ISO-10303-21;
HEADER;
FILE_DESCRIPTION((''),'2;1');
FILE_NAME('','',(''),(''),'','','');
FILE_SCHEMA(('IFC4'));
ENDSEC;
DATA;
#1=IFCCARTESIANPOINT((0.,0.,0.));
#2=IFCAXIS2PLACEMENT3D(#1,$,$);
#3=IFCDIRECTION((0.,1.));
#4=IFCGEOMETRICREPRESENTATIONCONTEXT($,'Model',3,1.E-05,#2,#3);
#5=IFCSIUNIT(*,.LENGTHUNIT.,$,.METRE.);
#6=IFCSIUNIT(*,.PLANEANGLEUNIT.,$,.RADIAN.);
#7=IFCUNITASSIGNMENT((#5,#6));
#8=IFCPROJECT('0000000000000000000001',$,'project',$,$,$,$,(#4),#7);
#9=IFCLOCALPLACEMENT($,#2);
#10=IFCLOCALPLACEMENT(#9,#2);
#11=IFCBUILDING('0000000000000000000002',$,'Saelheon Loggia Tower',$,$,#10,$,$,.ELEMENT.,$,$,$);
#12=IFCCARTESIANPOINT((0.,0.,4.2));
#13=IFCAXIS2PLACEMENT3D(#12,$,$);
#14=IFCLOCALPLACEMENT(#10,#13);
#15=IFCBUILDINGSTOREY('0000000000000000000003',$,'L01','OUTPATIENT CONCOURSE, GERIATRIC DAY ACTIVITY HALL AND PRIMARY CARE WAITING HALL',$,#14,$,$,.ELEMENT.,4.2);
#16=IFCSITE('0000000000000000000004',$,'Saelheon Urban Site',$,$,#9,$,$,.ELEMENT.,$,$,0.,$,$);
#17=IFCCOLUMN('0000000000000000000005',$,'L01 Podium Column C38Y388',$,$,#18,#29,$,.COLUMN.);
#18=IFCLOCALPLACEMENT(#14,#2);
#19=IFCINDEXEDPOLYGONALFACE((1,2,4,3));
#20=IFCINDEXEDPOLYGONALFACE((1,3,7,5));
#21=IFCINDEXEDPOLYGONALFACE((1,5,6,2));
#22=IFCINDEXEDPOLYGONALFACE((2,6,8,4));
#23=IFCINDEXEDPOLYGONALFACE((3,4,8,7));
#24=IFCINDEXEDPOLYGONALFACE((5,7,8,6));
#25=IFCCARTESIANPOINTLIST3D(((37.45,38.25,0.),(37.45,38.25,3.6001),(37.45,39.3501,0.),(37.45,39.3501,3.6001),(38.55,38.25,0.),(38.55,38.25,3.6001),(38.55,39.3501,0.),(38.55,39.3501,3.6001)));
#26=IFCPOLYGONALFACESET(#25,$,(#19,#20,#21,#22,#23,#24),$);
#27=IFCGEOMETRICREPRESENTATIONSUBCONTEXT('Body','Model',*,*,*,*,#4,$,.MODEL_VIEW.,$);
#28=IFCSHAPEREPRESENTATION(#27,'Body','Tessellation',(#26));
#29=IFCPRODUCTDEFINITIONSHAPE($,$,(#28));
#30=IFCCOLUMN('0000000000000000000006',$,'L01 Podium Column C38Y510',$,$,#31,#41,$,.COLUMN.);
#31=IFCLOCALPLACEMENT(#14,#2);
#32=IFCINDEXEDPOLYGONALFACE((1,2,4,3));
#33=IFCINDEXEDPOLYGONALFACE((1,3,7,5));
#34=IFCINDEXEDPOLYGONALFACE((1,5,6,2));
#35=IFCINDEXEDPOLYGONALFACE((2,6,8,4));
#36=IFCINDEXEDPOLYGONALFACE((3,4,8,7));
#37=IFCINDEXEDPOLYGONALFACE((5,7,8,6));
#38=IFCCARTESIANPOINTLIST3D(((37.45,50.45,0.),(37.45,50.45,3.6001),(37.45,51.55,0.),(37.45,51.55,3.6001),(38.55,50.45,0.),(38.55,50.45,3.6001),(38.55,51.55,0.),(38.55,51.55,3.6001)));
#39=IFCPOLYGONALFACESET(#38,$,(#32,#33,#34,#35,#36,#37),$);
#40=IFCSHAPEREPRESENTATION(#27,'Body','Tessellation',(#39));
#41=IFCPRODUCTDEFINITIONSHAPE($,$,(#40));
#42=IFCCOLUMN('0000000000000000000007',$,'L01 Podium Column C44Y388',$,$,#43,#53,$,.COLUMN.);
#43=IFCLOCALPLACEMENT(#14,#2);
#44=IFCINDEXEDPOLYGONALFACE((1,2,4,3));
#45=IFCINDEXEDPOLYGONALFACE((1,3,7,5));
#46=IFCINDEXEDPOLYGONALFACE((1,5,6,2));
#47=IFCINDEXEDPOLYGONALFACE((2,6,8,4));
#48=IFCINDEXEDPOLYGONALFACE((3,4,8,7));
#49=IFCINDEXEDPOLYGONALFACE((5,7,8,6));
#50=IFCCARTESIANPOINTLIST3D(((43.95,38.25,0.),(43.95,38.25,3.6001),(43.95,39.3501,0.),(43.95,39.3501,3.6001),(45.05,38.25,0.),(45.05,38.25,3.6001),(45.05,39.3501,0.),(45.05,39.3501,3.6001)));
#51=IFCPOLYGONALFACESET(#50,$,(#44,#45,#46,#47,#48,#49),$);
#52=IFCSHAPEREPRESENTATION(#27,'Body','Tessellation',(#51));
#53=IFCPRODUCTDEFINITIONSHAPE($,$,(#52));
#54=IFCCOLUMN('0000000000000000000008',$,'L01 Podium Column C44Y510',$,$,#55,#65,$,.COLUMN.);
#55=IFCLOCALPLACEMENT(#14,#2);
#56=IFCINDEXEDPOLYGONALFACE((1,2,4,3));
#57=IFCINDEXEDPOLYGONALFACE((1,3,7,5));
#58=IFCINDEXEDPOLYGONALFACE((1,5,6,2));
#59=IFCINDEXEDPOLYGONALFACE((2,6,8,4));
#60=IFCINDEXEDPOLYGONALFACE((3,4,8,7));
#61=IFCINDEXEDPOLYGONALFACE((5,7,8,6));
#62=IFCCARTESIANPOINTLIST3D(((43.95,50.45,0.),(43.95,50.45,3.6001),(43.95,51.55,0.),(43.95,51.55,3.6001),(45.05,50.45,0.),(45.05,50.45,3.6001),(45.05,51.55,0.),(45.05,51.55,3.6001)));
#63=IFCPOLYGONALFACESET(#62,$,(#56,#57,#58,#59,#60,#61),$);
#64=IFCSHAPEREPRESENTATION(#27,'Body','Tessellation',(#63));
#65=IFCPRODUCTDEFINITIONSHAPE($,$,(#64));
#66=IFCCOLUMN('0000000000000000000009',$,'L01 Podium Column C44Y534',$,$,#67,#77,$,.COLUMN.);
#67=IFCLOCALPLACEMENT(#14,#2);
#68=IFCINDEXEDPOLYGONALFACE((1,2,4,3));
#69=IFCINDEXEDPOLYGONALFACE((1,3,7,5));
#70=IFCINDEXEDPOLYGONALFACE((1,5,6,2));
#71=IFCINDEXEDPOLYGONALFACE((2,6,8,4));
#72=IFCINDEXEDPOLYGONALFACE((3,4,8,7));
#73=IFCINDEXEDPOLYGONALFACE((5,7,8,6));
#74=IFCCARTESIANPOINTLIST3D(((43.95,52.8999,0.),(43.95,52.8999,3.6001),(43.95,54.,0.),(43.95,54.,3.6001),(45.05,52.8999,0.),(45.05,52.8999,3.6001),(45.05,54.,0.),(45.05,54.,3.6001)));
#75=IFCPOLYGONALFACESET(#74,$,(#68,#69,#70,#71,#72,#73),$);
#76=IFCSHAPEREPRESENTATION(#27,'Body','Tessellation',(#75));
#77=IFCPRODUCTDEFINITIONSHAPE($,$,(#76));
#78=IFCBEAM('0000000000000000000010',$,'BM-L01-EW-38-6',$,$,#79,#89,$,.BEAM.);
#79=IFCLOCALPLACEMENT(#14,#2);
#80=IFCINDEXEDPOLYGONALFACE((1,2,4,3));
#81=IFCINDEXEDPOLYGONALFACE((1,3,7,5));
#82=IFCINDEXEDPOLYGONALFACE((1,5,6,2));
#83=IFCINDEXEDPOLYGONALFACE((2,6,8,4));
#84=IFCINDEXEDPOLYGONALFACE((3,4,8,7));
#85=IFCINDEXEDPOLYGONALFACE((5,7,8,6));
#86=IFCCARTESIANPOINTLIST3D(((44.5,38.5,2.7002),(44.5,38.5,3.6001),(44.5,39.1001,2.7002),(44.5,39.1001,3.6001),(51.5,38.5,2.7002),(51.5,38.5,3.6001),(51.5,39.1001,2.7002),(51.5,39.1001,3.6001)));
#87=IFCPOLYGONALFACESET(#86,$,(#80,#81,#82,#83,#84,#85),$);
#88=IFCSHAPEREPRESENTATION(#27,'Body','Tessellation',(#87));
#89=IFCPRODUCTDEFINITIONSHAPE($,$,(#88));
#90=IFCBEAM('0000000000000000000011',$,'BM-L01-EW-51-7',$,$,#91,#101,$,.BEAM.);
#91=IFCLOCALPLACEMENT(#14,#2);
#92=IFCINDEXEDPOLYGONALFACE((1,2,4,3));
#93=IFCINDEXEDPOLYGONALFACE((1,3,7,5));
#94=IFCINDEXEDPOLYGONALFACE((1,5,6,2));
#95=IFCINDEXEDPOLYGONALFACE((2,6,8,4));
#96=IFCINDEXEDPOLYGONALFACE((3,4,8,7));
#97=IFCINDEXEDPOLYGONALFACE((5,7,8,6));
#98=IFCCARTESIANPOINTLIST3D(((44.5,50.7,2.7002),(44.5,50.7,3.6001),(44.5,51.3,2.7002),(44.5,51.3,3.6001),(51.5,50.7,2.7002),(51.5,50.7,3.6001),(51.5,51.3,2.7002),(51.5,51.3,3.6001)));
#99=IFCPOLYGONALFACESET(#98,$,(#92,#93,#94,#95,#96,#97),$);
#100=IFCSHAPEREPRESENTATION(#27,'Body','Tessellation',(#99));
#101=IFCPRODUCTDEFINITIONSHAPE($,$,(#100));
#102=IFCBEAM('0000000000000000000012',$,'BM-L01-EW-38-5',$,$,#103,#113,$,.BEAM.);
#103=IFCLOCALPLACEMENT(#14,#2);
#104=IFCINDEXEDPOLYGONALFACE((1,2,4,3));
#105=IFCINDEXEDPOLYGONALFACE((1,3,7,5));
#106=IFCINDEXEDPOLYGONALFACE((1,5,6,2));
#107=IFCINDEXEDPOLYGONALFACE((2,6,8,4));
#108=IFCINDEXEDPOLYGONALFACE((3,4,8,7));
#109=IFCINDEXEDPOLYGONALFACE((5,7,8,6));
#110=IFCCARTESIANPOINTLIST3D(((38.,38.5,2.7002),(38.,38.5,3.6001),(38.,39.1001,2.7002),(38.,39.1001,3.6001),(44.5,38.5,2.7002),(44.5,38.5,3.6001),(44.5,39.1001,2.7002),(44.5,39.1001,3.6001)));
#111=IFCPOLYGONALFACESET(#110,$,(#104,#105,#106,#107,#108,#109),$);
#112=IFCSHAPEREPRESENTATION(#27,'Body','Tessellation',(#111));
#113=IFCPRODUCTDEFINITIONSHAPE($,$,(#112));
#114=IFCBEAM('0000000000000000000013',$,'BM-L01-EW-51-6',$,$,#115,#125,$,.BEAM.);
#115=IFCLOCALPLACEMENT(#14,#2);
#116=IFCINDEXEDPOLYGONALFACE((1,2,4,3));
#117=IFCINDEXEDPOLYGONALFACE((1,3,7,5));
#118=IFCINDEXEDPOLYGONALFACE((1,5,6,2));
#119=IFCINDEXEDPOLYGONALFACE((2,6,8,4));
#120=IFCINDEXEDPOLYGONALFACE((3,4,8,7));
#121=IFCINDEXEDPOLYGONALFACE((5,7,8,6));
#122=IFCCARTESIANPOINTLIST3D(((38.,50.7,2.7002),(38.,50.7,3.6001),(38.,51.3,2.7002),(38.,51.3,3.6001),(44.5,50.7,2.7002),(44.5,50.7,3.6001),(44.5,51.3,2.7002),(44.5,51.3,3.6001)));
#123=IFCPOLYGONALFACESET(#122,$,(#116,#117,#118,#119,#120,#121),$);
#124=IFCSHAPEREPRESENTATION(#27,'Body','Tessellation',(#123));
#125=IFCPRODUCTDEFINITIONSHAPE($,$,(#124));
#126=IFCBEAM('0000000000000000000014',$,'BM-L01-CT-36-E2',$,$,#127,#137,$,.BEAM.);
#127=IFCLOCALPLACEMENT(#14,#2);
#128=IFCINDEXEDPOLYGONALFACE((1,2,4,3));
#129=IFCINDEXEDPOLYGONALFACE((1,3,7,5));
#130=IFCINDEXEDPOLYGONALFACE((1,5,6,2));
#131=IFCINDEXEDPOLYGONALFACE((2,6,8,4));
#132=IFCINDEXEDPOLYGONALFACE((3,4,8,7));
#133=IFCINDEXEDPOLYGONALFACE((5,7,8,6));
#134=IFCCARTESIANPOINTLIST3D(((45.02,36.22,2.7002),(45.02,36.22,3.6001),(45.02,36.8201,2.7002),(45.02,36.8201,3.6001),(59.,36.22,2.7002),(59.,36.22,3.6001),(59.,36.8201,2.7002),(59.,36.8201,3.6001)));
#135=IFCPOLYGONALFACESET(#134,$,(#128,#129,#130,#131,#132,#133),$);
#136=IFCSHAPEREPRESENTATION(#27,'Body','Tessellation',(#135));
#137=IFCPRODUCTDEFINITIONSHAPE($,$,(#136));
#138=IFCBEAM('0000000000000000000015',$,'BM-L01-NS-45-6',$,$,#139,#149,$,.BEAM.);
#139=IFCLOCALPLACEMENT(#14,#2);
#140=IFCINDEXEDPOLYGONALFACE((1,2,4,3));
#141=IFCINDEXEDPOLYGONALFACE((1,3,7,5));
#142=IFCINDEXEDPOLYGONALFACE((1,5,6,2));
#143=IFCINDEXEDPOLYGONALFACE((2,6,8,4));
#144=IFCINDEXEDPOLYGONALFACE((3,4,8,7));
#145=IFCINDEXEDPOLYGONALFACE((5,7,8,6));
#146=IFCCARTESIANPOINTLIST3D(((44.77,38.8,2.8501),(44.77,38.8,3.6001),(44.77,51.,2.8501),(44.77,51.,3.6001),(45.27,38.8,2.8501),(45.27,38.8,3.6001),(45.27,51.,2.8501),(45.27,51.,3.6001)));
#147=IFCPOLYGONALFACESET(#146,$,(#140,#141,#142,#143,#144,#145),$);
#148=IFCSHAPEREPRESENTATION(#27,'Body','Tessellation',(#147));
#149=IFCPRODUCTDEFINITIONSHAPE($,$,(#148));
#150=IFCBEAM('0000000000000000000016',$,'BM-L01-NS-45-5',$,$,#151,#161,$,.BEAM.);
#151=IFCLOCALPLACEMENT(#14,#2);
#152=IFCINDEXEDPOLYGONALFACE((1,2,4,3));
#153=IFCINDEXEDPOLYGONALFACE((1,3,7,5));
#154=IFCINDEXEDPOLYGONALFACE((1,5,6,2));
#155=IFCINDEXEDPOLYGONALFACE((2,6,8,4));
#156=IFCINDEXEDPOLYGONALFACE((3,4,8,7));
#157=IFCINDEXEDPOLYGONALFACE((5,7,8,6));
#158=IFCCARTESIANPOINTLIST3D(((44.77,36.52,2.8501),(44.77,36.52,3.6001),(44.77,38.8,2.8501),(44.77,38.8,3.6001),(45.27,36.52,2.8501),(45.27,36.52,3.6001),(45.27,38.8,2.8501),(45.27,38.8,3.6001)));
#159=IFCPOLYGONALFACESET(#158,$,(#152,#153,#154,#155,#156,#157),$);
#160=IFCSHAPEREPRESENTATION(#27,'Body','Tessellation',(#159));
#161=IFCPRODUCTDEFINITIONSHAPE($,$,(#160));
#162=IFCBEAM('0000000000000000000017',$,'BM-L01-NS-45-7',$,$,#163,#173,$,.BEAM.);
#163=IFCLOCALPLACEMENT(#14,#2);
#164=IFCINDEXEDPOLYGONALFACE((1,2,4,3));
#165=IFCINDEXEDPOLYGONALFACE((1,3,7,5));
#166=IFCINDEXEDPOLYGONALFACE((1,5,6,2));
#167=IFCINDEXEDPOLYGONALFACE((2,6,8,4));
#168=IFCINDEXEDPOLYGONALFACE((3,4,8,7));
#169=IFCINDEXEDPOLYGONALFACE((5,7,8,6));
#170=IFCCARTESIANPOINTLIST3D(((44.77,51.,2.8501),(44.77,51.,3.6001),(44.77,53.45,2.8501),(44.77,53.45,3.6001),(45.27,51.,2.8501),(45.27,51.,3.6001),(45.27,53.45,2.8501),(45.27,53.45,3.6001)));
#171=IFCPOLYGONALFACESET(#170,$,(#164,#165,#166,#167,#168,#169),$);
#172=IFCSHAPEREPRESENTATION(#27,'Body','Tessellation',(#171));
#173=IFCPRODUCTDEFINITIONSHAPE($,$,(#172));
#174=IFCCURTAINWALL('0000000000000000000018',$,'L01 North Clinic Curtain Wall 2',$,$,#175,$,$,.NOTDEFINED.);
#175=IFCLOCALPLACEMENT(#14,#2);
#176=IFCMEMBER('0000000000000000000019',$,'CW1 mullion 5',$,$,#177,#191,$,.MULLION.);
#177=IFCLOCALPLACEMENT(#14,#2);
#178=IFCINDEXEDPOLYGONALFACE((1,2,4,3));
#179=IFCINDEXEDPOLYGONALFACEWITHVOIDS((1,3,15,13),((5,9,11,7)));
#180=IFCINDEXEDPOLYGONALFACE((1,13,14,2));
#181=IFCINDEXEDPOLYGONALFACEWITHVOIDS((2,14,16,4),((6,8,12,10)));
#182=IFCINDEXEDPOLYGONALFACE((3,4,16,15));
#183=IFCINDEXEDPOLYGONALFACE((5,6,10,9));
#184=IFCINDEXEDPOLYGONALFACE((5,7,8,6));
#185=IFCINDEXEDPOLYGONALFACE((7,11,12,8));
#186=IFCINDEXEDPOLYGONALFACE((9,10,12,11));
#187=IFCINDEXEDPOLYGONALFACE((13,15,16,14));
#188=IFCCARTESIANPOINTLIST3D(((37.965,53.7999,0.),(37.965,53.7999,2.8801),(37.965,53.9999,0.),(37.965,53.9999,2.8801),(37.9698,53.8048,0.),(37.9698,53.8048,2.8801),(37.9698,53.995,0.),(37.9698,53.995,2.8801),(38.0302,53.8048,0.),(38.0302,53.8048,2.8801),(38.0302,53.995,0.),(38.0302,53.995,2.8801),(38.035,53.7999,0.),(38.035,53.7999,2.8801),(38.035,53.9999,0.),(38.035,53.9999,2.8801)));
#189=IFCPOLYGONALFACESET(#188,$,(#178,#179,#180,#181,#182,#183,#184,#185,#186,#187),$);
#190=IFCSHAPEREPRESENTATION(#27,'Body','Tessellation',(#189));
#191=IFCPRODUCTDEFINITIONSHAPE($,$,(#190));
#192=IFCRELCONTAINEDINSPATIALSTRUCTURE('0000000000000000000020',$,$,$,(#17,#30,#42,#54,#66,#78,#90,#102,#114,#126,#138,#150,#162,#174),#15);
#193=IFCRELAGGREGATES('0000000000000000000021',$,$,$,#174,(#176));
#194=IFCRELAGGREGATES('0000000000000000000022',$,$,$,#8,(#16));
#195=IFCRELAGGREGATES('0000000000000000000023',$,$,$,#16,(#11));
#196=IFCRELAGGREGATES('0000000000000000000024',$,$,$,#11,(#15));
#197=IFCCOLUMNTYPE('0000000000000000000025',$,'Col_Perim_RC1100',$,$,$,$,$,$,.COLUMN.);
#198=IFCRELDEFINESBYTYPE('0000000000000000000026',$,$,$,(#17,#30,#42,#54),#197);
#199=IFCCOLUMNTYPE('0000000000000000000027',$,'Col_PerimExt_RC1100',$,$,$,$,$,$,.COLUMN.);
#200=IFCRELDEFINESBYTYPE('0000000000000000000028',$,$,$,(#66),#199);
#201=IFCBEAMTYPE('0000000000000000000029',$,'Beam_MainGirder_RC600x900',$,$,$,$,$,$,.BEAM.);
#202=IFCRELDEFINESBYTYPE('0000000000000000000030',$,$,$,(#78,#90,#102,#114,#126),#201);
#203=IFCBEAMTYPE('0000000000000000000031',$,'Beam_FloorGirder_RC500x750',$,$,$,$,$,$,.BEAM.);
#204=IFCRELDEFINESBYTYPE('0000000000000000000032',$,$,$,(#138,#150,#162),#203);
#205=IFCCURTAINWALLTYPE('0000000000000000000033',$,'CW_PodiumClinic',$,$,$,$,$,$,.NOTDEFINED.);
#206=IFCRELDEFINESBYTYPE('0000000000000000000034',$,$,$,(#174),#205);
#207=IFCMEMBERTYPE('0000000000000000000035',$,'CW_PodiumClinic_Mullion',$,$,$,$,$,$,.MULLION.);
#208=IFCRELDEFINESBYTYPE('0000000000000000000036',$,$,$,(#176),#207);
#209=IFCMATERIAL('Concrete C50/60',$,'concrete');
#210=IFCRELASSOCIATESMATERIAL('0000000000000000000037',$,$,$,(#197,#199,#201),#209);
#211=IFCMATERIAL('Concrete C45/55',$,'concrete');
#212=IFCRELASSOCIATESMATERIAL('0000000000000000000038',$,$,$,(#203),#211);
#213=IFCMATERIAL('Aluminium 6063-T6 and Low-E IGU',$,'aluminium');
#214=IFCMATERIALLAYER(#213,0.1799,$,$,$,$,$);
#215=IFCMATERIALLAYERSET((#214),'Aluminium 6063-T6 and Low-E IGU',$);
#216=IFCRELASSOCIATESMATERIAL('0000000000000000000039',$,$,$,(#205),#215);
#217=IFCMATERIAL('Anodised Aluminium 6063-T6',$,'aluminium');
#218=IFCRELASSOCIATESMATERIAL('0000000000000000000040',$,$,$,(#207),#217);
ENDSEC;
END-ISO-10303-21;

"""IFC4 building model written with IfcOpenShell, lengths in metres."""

from ifc_helpers import new_model, si_unit, direction, frame, origin, origin_2d, place, context, subcontext, project, spatial, rectangle, hollow_rectangle, extrude, source, transform, mapped, material, layer, layer_set, material_profile, profile_set, type_object, element, aggregate, save


model = new_model("IFC4")

# Units and contexts
model_context = context("Model", 3, precision=1e-05, world=origin(), true_north=direction((0.0, 1.0)))
body_context = subcontext(model_context, "Body", "Model", "MODEL_VIEW")
ifc_project = project(units=[si_unit("LENGTHUNIT", "METRE"), si_unit("PLANEANGLEUNIT", "RADIAN")], contexts=[model_context])

# Site, building, storey
site_placement = place(None, origin())
site = spatial("IfcSite", under=ifc_project, at=site_placement, Name="Saelheon Urban Site", CompositionType="ELEMENT", RefElevation=0.0)
building_placement = place(site_placement, origin())
building = spatial("IfcBuilding", under=site, at=building_placement, Name="Saelheon Loggia Tower", CompositionType="ELEMENT")
storey_placement = place(building_placement, frame((0.0, 0.0, 4.2)))
storey = spatial("IfcBuildingStorey", under=building, at=storey_placement, Name="L01", Description="OUTPATIENT CONCOURSE, GERIATRIC DAY ACTIVITY HALL AND PRIMARY CARE WAITING HALL", CompositionType="ELEMENT", Elevation=4.2)

# Columns
ifc_material_1 = material(Name="Concrete C50/60", Category="concrete")
ifc_material_profile_1 = material_profile(ifc_material_1, rectangle(XDim=1.1001, YDim=1.1001, at=origin_2d()), Name="RC-1100x1100")
ifc_profile_set_1 = profile_set([ifc_material_profile_1], Name="Concrete C50/60")
column_type_1 = type_object("IfcColumnType", Name="Col_Perim_RC1100", PredefinedType="COLUMN", material=ifc_profile_set_1)
shared_shape_1 = source(origin(), body_context, "Body", "SweptSolid", [
    extrude(rectangle(XDim=1.1001, YDim=1.1001, at=origin_2d()), origin(), (0.0, 0.0, 1.0), 3.6001),
])
for number, where, z_axis, x_axis, name in (
    (1, (38.0, 38.8, 0.0), (0.0, 0.0, 1.0), (1.0, 0.0, 0.0), "L01 Podium Column C38Y388"),
    (2, (38.0, 51.0, 0.0), (0.0, 0.0, 1.0), (1.0, 0.0, 0.0), "L01 Podium Column C38Y510"),
    (3, (44.5, 38.8, 0.0), (0.0, 0.0, 1.0), (1.0, 0.0, 0.0), "L01 Podium Column C44Y388"),
    (4, (44.5, 51.0, 0.0), (0.0, 0.0, 1.0), (1.0, 0.0, 0.0), "L01 Podium Column C44Y510"),
):
    element("IfcColumn", number, at=place(storey_placement, frame(where, z_axis=z_axis, x_axis=x_axis)), inside=storey, type_object=column_type_1, Name=name, PredefinedType="COLUMN", context=body_context, shape_type="MappedRepresentation", body=[
        mapped(shared_shape_1, transform((0.0, 0.0, 0.0), scale=1.0)),
    ])
ifc_material_profile_2 = material_profile(ifc_material_1, rectangle(XDim=1.1001, YDim=1.1001, at=origin_2d()), Name="RC-1100x1100")
ifc_profile_set_2 = profile_set([ifc_material_profile_2], Name="Concrete C50/60")
column_type_2 = type_object("IfcColumnType", Name="Col_PerimExt_RC1100", PredefinedType="COLUMN", material=ifc_profile_set_2)
column_placement = place(storey_placement, frame((44.5, 53.45, 0.0), z_axis=(0.0, 0.0, 1.0), x_axis=(1.0, 0.0, 0.0)))
element("IfcColumn", 5, at=column_placement, inside=storey, type_object=column_type_2, Name="L01 Podium Column C44Y534", PredefinedType="COLUMN", context=body_context, shape_type="MappedRepresentation", body=[
    mapped(shared_shape_1, transform((0.0, 0.0, 0.0), scale=1.0)),
])

# Beams
ifc_material_profile_3 = material_profile(ifc_material_1, rectangle(XDim=0.6001, YDim=0.8999, at=origin_2d()), Name="RC-600x900")
ifc_profile_set_3 = profile_set([ifc_material_profile_3], Name="Concrete C50/60")
beam_type_1 = type_object("IfcBeamType", Name="Beam_MainGirder_RC600x900", PredefinedType="BEAM", material=ifc_profile_set_3)
shared_shape_2 = source(origin(), body_context, "Body", "SweptSolid", [
    extrude(rectangle(XDim=0.6001, YDim=0.8999, at=origin_2d()), origin(), (0.0, 0.0, 1.0), 7.0),
])
for number, where, z_axis, x_axis, name in (
    (6, (44.5, 38.8, 3.1501), (1.0, 0.0, 0.0), (0.0, 1.0, 0.0), "BM-L01-EW-38-6"),
    (7, (44.5, 51.0, 3.1501), (1.0, 0.0, 0.0), (0.0, 1.0, 0.0), "BM-L01-EW-51-7"),
):
    element("IfcBeam", number, at=place(storey_placement, frame(where, z_axis=z_axis, x_axis=x_axis)), inside=storey, type_object=beam_type_1, Name=name, PredefinedType="BEAM", context=body_context, shape_type="MappedRepresentation", body=[
        mapped(shared_shape_2, transform((0.0, 0.0, 0.0), scale=1.0)),
    ])
shared_shape_3 = source(origin(), body_context, "Body", "SweptSolid", [
    extrude(rectangle(XDim=0.6001, YDim=0.8999, at=origin_2d()), origin(), (0.0, 0.0, 1.0), 6.5),
])
for number, where, z_axis, x_axis, name in (
    (8, (38.0, 38.8, 3.1501), (1.0, 0.0, 0.0), (0.0, 1.0, 0.0), "BM-L01-EW-38-5"),
    (9, (38.0, 51.0, 3.1501), (1.0, 0.0, 0.0), (0.0, 1.0, 0.0), "BM-L01-EW-51-6"),
):
    element("IfcBeam", number, at=place(storey_placement, frame(where, z_axis=z_axis, x_axis=x_axis)), inside=storey, type_object=beam_type_1, Name=name, PredefinedType="BEAM", context=body_context, shape_type="MappedRepresentation", body=[
        mapped(shared_shape_3, transform((0.0, 0.0, 0.0), scale=1.0)),
    ])
shared_shape_4 = source(origin(), body_context, "Body", "SweptSolid", [
    extrude(rectangle(XDim=0.6001, YDim=0.8999, at=origin_2d()), origin(), (0.0, 0.0, 1.0), 13.98),
])
beam_1_placement = place(storey_placement, frame((45.02, 36.52, 3.1501), z_axis=(1.0, 0.0, 0.0), x_axis=(0.0, 1.0, 0.0)))
element("IfcBeam", 10, at=beam_1_placement, inside=storey, type_object=beam_type_1, Name="BM-L01-CT-36-E2", PredefinedType="BEAM", context=body_context, shape_type="MappedRepresentation", body=[
    mapped(shared_shape_4, transform((0.0, 0.0, 0.0), scale=1.0)),
])
ifc_material_2 = material(Name="Concrete C45/55", Category="concrete")
ifc_material_profile_4 = material_profile(ifc_material_2, rectangle(XDim=0.5, YDim=0.75, at=origin_2d()), Name="RC-500x750")
ifc_profile_set_4 = profile_set([ifc_material_profile_4], Name="Concrete C45/55")
beam_type_2 = type_object("IfcBeamType", Name="Beam_FloorGirder_RC500x750", PredefinedType="BEAM", material=ifc_profile_set_4)
shared_shape_5 = source(origin(), body_context, "Body", "SweptSolid", [
    extrude(rectangle(XDim=0.5, YDim=0.75, at=origin_2d()), origin(), (0.0, 0.0, 1.0), 12.2),
])
beam_2_placement = place(storey_placement, frame((45.02, 38.8, 3.2251), z_axis=(0.0, 1.0, 0.0), x_axis=(-1.0, 0.0, 0.0)))
element("IfcBeam", 11, at=beam_2_placement, inside=storey, type_object=beam_type_2, Name="BM-L01-NS-45-6", PredefinedType="BEAM", context=body_context, shape_type="MappedRepresentation", body=[
    mapped(shared_shape_5, transform((0.0, 0.0, 0.0), scale=1.0)),
])
shared_shape_6 = source(origin(), body_context, "Body", "SweptSolid", [
    extrude(rectangle(XDim=0.5, YDim=0.75, at=origin_2d()), origin(), (0.0, 0.0, 1.0), 2.28),
])
beam_3_placement = place(storey_placement, frame((45.02, 36.52, 3.2251), z_axis=(0.0, 1.0, 0.0), x_axis=(-1.0, 0.0, 0.0)))
element("IfcBeam", 12, at=beam_3_placement, inside=storey, type_object=beam_type_2, Name="BM-L01-NS-45-5", PredefinedType="BEAM", context=body_context, shape_type="MappedRepresentation", body=[
    mapped(shared_shape_6, transform((0.0, 0.0, 0.0), scale=1.0)),
])
shared_shape_7 = source(origin(), body_context, "Body", "SweptSolid", [
    extrude(rectangle(XDim=0.5, YDim=0.75, at=origin_2d()), origin(), (0.0, 0.0, 1.0), 2.45),
])
beam_4_placement = place(storey_placement, frame((45.02, 51.0, 3.2251), z_axis=(0.0, 1.0, 0.0), x_axis=(-1.0, 0.0, 0.0)))
element("IfcBeam", 13, at=beam_4_placement, inside=storey, type_object=beam_type_2, Name="BM-L01-NS-45-7", PredefinedType="BEAM", context=body_context, shape_type="MappedRepresentation", body=[
    mapped(shared_shape_7, transform((0.0, 0.0, 0.0), scale=1.0)),
])

# Curtain wall, member
ifc_material_3 = material(Name="Aluminium 6063-T6 and Low-E IGU", Category="aluminium")
ifc_layer_1 = layer(ifc_material_3, 0.1799)
ifc_layer_set_1 = layer_set([ifc_layer_1], Name="Aluminium 6063-T6 and Low-E IGU")
curtain_wall_type = type_object("IfcCurtainWallType", Name="CW_PodiumClinic", PredefinedType="NOTDEFINED", material=ifc_layer_set_1)
curtain_wall_placement = place(storey_placement, origin())
curtain_wall = element("IfcCurtainWall", 14, at=curtain_wall_placement, inside=storey, type_object=curtain_wall_type, Name="L01 North Clinic Curtain Wall 2", PredefinedType="NOTDEFINED")
ifc_material_4 = material(Name="Anodised Aluminium 6063-T6", Category="aluminium")
ifc_material_profile_5 = material_profile(ifc_material_4, hollow_rectangle(XDim=0.0701, YDim=0.2, WallThickness=0.0049, at=origin_2d()), Name="RHS-200x70x5")
ifc_profile_set_5 = profile_set([ifc_material_profile_5], Name="Anodised Aluminium 6063-T6")
member_type_1 = type_object("IfcMemberType", Name="CW_PodiumClinic_Mullion", PredefinedType="MULLION", material=ifc_profile_set_5)
shared_shape_8 = source(origin(), body_context, "Body", "SweptSolid", [
    extrude(hollow_rectangle(XDim=0.0701, YDim=0.2, WallThickness=0.0049, at=origin_2d()), origin(), (0.0, 0.0, 1.0), 2.8801),
])
member_1_placement = place(storey_placement, frame((38.0, 53.8999, 0.0), z_axis=(0.0, 0.0, 1.0), x_axis=(1.0, 0.0, 0.0)))
member_1 = element("IfcMember", 15, at=member_1_placement, type_object=member_type_1, Name="CW1 mullion 5", PredefinedType="MULLION", context=body_context, shape_type="MappedRepresentation", body=[
    mapped(shared_shape_8, transform((0.0, 0.0, 0.0), scale=1.0)),
])
aggregate(curtain_wall, [member_1])

save(model, "model.ifc")
